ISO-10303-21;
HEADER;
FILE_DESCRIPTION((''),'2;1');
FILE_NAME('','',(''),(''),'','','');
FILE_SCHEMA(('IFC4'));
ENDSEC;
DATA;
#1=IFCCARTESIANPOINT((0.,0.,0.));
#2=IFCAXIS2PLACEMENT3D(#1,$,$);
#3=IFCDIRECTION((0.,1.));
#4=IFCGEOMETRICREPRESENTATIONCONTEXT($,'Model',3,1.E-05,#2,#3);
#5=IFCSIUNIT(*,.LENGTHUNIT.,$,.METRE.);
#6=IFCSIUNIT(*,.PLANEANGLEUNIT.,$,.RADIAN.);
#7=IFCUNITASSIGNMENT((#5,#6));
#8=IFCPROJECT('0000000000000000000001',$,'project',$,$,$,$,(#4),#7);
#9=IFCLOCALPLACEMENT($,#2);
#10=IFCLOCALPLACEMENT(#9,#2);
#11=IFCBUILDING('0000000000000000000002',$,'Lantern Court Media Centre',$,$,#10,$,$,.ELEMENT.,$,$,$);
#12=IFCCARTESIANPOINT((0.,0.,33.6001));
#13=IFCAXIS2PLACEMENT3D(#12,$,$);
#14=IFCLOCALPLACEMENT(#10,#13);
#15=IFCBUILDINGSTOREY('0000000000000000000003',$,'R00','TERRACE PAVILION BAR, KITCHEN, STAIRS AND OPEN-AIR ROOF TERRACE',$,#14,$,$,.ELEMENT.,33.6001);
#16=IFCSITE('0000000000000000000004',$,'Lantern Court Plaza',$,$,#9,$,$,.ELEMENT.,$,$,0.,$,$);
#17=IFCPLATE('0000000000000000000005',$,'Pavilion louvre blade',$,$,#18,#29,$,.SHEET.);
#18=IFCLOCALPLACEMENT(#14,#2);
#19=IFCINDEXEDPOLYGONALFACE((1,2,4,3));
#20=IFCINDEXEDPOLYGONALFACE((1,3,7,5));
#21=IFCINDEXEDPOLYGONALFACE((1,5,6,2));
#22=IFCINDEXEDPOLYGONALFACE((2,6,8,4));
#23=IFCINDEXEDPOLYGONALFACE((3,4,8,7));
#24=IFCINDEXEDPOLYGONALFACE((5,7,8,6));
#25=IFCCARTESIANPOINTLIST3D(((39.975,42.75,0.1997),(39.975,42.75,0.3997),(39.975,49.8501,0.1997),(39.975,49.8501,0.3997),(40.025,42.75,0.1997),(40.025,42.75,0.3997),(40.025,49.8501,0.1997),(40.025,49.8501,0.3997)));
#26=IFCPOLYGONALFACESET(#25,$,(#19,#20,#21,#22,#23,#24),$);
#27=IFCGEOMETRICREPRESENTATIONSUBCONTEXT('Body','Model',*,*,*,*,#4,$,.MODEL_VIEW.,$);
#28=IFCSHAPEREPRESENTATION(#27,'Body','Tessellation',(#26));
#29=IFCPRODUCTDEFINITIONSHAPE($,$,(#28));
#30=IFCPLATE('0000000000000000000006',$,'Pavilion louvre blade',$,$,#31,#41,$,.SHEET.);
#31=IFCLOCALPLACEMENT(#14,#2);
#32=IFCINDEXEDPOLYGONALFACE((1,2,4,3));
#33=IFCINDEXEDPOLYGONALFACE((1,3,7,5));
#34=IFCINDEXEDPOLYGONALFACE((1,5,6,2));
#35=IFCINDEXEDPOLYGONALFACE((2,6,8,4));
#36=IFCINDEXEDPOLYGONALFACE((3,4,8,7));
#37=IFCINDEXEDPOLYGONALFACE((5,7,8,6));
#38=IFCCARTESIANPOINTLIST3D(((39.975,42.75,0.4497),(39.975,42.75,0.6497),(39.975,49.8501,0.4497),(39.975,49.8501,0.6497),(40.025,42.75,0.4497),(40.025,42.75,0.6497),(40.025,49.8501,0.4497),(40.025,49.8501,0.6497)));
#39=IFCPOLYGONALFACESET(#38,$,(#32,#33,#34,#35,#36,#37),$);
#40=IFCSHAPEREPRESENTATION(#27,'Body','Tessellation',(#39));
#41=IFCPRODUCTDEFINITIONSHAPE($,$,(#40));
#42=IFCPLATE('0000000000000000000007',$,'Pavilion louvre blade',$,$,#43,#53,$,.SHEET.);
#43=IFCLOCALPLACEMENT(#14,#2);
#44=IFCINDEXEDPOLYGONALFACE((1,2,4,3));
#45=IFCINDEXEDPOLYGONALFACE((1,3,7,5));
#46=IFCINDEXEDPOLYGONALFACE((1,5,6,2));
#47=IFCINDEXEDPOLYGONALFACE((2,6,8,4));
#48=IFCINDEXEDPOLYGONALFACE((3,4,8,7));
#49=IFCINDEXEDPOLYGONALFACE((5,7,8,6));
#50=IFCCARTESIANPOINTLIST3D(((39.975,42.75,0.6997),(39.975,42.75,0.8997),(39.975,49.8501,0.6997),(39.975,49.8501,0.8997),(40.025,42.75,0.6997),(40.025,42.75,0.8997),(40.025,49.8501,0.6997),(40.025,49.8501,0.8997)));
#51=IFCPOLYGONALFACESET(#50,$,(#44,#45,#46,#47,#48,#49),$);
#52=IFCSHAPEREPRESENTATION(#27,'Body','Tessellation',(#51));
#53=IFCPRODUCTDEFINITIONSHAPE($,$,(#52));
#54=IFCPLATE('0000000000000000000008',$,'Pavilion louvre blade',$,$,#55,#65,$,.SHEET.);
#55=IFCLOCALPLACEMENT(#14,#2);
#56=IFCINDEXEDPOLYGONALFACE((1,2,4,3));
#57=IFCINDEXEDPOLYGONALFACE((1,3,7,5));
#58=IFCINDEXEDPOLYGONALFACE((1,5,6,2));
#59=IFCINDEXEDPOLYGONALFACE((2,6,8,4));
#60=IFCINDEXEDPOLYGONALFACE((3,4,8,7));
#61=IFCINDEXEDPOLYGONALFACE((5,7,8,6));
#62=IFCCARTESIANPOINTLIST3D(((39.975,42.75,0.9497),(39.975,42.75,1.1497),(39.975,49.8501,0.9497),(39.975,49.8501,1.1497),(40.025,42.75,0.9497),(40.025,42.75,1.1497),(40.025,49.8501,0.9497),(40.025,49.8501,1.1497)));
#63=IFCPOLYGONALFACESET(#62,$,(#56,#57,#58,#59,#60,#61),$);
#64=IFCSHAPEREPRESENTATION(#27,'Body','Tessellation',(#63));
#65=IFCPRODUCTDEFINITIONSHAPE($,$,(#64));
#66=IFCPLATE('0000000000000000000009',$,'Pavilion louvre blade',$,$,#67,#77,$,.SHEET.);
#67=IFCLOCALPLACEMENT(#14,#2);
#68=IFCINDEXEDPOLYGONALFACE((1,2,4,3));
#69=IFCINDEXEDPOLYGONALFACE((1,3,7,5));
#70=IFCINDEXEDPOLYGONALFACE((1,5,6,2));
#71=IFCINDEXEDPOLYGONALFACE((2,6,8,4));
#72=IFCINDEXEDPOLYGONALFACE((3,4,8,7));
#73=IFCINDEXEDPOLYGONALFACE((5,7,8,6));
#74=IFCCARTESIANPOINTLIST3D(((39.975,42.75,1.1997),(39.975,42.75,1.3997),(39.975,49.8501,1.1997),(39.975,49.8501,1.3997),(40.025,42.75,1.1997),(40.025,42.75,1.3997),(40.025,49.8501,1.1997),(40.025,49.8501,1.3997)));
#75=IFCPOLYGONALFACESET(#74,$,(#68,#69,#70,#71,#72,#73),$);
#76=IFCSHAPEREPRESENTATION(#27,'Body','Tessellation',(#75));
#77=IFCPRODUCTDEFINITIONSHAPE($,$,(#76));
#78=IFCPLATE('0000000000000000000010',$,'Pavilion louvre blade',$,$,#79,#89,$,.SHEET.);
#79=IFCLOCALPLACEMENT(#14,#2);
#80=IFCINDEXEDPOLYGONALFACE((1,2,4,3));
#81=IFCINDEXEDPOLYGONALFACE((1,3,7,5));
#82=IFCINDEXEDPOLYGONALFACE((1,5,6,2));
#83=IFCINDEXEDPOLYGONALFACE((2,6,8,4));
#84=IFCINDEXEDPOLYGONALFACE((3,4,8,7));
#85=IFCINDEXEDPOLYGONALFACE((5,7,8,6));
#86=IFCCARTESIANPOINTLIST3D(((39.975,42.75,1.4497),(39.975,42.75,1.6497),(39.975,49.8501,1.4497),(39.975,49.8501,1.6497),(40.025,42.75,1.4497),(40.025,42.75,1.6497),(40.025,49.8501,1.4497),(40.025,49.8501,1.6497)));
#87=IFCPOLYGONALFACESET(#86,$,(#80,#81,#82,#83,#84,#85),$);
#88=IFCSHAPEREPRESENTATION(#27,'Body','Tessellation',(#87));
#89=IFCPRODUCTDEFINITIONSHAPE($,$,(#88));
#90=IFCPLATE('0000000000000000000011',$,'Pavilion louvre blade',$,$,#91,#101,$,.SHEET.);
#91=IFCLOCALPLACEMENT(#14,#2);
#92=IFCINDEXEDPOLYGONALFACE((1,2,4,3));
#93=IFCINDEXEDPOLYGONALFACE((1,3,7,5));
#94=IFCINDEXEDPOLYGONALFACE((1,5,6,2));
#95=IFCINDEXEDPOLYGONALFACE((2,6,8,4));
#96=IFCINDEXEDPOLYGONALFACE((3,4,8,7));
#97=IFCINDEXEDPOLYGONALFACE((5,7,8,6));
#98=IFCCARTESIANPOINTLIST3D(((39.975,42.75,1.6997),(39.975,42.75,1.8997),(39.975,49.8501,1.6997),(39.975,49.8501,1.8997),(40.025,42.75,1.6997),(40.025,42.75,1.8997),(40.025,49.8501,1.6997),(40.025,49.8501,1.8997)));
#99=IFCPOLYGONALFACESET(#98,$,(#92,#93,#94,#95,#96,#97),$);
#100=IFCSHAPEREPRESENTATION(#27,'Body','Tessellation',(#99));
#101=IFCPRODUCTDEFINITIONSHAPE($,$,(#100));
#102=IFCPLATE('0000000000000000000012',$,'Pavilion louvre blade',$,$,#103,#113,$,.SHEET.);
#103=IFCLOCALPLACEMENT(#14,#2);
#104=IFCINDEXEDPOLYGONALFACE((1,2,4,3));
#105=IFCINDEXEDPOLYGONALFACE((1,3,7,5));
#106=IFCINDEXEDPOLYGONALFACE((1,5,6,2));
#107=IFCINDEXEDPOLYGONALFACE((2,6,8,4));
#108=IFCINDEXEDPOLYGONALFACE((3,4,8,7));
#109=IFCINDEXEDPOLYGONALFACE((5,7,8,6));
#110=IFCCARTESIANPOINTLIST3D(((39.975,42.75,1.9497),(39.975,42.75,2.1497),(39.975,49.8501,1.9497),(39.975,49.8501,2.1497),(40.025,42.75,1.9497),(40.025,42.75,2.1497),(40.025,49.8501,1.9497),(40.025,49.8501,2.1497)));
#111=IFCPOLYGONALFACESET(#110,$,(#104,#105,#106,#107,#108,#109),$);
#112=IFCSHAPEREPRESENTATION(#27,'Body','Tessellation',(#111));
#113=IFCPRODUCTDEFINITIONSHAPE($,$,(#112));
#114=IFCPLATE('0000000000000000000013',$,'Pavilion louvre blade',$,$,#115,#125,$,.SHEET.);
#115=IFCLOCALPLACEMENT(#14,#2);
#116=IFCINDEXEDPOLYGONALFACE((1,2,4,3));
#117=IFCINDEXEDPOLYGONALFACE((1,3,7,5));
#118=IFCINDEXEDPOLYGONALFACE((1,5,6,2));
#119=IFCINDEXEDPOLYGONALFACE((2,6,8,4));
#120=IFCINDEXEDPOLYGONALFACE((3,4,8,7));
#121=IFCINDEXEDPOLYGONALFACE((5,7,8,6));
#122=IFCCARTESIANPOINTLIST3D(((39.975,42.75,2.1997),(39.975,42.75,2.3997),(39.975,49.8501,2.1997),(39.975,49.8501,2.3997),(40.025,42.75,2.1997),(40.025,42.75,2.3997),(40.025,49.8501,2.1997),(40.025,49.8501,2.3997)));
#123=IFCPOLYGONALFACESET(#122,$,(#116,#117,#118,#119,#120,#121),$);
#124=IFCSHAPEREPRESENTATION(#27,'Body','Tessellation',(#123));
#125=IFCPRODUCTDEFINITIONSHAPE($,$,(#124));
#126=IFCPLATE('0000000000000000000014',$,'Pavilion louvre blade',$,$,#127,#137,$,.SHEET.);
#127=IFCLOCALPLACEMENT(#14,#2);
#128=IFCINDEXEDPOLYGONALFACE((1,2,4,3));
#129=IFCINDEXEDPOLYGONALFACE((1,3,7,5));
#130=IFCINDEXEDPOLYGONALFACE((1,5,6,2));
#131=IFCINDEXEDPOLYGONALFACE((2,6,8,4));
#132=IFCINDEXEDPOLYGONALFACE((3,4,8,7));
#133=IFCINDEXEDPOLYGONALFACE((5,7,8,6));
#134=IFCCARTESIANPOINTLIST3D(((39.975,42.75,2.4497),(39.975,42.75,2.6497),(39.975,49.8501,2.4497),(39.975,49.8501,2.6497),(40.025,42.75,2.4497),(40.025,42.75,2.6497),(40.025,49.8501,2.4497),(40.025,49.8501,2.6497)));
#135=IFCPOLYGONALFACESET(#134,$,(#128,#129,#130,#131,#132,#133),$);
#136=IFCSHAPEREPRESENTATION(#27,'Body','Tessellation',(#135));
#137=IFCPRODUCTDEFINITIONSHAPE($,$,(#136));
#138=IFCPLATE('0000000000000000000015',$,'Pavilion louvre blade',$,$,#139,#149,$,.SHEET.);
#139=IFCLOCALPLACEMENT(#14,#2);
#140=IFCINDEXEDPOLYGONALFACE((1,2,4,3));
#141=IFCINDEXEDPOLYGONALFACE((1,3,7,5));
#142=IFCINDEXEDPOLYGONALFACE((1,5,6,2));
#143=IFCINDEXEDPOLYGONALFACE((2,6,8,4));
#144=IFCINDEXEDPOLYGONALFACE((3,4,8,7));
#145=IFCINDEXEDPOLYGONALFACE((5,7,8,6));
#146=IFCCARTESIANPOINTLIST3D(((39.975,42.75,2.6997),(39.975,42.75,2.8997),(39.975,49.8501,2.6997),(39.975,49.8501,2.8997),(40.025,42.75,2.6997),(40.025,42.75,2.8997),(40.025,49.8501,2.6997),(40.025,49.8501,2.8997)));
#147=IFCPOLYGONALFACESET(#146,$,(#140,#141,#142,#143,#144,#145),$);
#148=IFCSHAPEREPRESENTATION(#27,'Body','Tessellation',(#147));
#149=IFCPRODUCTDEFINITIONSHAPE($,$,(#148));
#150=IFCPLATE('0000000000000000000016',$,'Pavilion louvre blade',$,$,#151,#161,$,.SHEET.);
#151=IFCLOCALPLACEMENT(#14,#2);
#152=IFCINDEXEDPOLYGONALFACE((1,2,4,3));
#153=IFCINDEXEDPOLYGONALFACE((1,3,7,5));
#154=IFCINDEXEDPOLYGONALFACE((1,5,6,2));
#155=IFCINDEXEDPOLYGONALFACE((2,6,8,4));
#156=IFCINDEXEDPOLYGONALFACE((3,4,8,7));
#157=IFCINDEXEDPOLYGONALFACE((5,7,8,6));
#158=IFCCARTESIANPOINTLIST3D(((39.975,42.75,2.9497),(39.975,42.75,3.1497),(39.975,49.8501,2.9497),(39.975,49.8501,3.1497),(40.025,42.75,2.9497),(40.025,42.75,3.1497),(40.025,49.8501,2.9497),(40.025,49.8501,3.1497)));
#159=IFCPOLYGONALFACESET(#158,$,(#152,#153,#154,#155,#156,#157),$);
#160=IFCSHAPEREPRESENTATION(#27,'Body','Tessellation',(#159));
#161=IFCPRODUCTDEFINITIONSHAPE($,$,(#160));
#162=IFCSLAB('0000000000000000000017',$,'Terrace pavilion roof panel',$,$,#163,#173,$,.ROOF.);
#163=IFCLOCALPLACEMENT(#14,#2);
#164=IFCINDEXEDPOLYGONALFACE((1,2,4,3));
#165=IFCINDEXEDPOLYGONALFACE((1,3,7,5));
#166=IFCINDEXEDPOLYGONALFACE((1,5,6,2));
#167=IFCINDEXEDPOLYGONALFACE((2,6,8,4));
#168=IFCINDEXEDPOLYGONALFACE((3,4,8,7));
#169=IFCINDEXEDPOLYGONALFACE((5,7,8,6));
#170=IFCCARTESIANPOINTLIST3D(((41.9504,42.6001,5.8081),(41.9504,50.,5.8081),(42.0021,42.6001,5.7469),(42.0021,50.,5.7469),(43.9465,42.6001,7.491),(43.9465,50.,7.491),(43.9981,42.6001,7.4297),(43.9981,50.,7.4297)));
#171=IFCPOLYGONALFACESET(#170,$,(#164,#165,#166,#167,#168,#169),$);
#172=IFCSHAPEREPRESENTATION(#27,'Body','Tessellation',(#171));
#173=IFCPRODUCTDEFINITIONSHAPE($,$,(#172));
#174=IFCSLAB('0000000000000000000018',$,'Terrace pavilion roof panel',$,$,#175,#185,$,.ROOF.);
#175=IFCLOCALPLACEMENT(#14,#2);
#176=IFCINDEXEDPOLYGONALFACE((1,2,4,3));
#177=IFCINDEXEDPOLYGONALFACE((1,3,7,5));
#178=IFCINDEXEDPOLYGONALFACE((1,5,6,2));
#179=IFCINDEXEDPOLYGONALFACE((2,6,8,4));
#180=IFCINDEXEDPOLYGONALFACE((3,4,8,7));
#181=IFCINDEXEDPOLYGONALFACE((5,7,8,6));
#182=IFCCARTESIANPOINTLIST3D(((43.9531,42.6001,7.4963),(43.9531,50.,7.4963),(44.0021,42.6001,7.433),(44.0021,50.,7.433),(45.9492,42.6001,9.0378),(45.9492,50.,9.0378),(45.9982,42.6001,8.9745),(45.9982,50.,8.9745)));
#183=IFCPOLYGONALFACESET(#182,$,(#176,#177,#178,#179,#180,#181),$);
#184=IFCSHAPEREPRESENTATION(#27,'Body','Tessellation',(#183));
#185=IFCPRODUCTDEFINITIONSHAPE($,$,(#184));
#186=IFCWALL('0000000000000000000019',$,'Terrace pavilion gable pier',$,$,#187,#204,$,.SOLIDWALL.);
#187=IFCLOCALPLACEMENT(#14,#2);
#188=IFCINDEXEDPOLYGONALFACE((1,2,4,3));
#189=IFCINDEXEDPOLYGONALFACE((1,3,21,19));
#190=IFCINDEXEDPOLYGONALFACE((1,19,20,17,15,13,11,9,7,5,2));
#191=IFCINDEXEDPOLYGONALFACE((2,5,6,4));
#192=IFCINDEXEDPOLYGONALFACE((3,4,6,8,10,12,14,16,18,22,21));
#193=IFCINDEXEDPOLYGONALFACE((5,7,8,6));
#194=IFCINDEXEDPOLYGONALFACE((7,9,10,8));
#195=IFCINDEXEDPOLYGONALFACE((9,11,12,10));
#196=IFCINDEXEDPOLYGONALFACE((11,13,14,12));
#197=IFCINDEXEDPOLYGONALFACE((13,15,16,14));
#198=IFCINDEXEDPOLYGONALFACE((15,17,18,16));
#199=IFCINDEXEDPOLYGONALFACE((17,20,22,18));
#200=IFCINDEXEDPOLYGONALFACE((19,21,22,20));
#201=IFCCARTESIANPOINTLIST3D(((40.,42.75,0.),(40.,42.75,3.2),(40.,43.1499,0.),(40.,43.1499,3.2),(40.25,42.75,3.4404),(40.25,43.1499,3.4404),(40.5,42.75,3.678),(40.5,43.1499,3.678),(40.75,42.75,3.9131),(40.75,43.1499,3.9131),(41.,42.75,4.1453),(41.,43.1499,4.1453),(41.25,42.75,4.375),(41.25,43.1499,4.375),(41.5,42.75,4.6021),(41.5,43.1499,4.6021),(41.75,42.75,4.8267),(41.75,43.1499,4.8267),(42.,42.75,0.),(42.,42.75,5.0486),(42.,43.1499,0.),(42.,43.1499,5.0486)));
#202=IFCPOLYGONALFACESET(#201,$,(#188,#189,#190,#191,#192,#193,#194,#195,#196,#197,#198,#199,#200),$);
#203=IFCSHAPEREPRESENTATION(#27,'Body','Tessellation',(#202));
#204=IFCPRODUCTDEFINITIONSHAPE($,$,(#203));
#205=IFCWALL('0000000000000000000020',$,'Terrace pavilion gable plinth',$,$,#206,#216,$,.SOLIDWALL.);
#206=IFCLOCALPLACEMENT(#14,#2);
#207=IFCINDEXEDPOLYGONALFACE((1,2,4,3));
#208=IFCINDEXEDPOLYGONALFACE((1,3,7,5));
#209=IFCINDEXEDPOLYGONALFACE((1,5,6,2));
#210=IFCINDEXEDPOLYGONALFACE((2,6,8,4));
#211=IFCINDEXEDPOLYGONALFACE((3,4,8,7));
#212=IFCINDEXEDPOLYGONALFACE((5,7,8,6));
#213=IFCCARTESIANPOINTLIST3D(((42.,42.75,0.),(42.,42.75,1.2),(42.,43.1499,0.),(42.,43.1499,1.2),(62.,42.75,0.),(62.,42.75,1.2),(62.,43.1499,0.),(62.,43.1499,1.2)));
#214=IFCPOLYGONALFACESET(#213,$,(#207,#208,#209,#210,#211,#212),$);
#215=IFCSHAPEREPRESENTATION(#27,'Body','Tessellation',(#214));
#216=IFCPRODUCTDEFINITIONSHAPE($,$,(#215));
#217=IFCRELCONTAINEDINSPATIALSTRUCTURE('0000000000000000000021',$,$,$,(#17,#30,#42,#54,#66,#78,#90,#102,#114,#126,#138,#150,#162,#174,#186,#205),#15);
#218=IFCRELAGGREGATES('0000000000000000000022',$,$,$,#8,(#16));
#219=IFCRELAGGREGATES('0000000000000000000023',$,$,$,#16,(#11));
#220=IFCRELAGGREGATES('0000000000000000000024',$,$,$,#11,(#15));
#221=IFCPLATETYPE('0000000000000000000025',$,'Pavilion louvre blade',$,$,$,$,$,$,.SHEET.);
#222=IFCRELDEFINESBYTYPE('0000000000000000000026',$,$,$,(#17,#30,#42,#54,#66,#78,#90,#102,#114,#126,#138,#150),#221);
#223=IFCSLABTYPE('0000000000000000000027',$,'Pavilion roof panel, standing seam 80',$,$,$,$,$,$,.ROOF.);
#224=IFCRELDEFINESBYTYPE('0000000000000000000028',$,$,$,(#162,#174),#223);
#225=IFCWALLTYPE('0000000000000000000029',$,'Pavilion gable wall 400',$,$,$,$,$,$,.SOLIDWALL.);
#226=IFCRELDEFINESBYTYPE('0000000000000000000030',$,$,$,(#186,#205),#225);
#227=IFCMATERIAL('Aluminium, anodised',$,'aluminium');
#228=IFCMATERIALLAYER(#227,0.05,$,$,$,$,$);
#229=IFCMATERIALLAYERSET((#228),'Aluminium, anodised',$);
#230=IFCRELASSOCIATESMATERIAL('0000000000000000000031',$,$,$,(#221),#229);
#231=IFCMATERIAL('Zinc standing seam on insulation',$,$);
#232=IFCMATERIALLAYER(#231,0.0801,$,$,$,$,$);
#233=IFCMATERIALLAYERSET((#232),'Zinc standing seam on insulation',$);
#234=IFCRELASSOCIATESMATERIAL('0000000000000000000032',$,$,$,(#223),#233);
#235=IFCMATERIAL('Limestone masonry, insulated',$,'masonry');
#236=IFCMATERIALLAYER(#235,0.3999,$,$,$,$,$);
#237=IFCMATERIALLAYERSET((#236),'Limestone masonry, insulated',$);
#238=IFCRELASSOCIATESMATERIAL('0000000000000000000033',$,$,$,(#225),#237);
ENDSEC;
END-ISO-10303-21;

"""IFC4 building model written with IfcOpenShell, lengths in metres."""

from ifc_helpers import new_model, si_unit, direction, frame, frame_2d, origin, origin_2d, place, context, subcontext, project, spatial, polyline, rectangle, outline, extrude, material, layer, layer_set, type_object, element, save


model = new_model("IFC4")

# Units and contexts
model_context = context("Model", 3, precision=1e-05, world=origin(), true_north=direction((0.0, 1.0)))
body_context = subcontext(model_context, "Body", "Model", "MODEL_VIEW")
ifc_project = project(units=[si_unit("LENGTHUNIT", "METRE"), si_unit("PLANEANGLEUNIT", "RADIAN")], contexts=[model_context])

# Site, building, storey
site_placement = place(None, origin())
site = spatial("IfcSite", under=ifc_project, at=site_placement, Name="Lantern Court Plaza", CompositionType="ELEMENT", RefElevation=0.0)
building_placement = place(site_placement, origin())
building = spatial("IfcBuilding", under=site, at=building_placement, Name="Lantern Court Media Centre", CompositionType="ELEMENT")
storey_placement = place(building_placement, frame((0.0, 0.0, 33.6001)))
storey = spatial("IfcBuildingStorey", under=building, at=storey_placement, Name="R00", Description="TERRACE PAVILION BAR, KITCHEN, STAIRS AND OPEN-AIR ROOF TERRACE", CompositionType="ELEMENT", Elevation=33.6001)

# Shared definitions
ifc_material_1 = material(Name="Aluminium, anodised", Category="aluminium")

# Plates
ifc_layer_1 = layer(ifc_material_1, 0.05)
ifc_layer_set_1 = layer_set([ifc_layer_1], Name="Aluminium, anodised")
plate_type_1 = type_object("IfcPlateType", Name="Pavilion louvre blade", PredefinedType="SHEET", material=ifc_layer_set_1)
for number, where, z_axis, x_axis, name in (
    (1, (40.0, 46.3, 0.1997), (0.0, 0.0, 1.0), (1.0, 0.0, 0.0), "Pavilion louvre blade"),
    (2, (40.0, 46.3, 0.4497), (0.0, 0.0, 1.0), (1.0, 0.0, 0.0), "Pavilion louvre blade"),
    (3, (40.0, 46.3, 0.6997), (0.0, 0.0, 1.0), (1.0, 0.0, 0.0), "Pavilion louvre blade"),
    (4, (40.0, 46.3, 0.9497), (0.0, 0.0, 1.0), (1.0, 0.0, 0.0), "Pavilion louvre blade"),
    (5, (40.0, 46.3, 1.1997), (0.0, 0.0, 1.0), (1.0, 0.0, 0.0), "Pavilion louvre blade"),
    (6, (40.0, 46.3, 1.4497), (0.0, 0.0, 1.0), (1.0, 0.0, 0.0), "Pavilion louvre blade"),
    (7, (40.0, 46.3, 1.6997), (0.0, 0.0, 1.0), (1.0, 0.0, 0.0), "Pavilion louvre blade"),
    (8, (40.0, 46.3, 1.9497), (0.0, 0.0, 1.0), (1.0, 0.0, 0.0), "Pavilion louvre blade"),
    (9, (40.0, 46.3, 2.1997), (0.0, 0.0, 1.0), (1.0, 0.0, 0.0), "Pavilion louvre blade"),
    (10, (40.0, 46.3, 2.4497), (0.0, 0.0, 1.0), (1.0, 0.0, 0.0), "Pavilion louvre blade"),
    (11, (40.0, 46.3, 2.6997), (0.0, 0.0, 1.0), (1.0, 0.0, 0.0), "Pavilion louvre blade"),
    (12, (40.0, 46.3, 2.9497), (0.0, 0.0, 1.0), (1.0, 0.0, 0.0), "Pavilion louvre blade"),
):
    element("IfcPlate", number, at=place(storey_placement, frame(where, z_axis=z_axis, x_axis=x_axis)), inside=storey, type_object=plate_type_1, Name=name, PredefinedType="SHEET", context=body_context, shape_type="SweptSolid", body=[
        extrude(rectangle(XDim=0.05, YDim=7.1001, at=origin_2d()), origin(), (0.0, 0.0, 1.0), 0.2),
    ])

# Slabs
ifc_material_2 = material(Name="Zinc standing seam on insulation")
ifc_layer_2 = layer(ifc_material_2, 0.0801)
ifc_layer_set_2 = layer_set([ifc_layer_2], Name="Zinc standing seam on insulation")
slab_type = type_object("IfcSlabType", Name="Pavilion roof panel, standing seam 80", PredefinedType="ROOF", material=ifc_layer_set_2)
slab_1_placement = place(storey_placement, frame((41.9504, 42.6001, 5.8081), z_axis=(-0.64457, 0.0, 0.764545), x_axis=(0.764545, 0.0, 0.64457)))
element("IfcSlab", 13, at=slab_1_placement, inside=storey, type_object=slab_type, Name="Terrace pavilion roof panel", PredefinedType="ROOF", context=body_context, shape_type="SweptSolid", body=[
    extrude(outline(polyline([(0.0, 0.0), (2.6108, 0.0), (2.6108, 7.3999), (0.0, 7.3999), (0.0, 0.0)])), origin(), (0.0, 0.0, -1.0), 0.0801),
])
slab_2_placement = place(storey_placement, frame((43.9531, 42.6001, 7.4963), z_axis=(-0.611216, 0.0, 0.791464), x_axis=(0.791464, 0.0, 0.611216)))
element("IfcSlab", 14, at=slab_2_placement, inside=storey, type_object=slab_type, Name="Terrace pavilion roof panel", PredefinedType="ROOF", context=body_context, shape_type="SweptSolid", body=[
    extrude(outline(polyline([(0.0, 0.0), (2.522, 0.0), (2.522, 7.3999), (0.0, 7.3999), (0.0, 0.0)])), origin(), (0.0, 0.0, -1.0), 0.0801),
])

# Walls
ifc_material_3 = material(Name="Limestone masonry, insulated", Category="masonry")
ifc_layer_3 = layer(ifc_material_3, 0.3999)
ifc_layer_set_3 = layer_set([ifc_layer_3], Name="Limestone masonry, insulated")
wall_type = type_object("IfcWallType", Name="Pavilion gable wall 400", PredefinedType="SOLIDWALL", material=ifc_layer_set_3)
wall_1_placement = place(storey_placement, frame((40.0, 42.95, 0.0), z_axis=(0.0, 0.0, 1.0), x_axis=(1.0, 0.0, 0.0)))
element("IfcWall", 15, at=wall_1_placement, inside=storey, type_object=wall_type, Name="Terrace pavilion gable pier", PredefinedType="SOLIDWALL", context=body_context, shape_type="SweptSolid", body=[
    extrude(outline(polyline([(0.0, 0.0), (2.0, 0.0), (2.0, 5.0486), (1.75, 4.8267), (1.5, 4.6021), (1.25, 4.375), (1.0, 4.1453), (0.75, 3.9131), (0.5, 3.678), (0.25, 3.4404), (0.0, 3.2), (0.0, 0.0)])), frame((0.0, 0.2, 0.0), z_axis=(0.0, -1.0, 0.0), x_axis=(1.0, 0.0, 0.0)), (0.0, 0.0, 1.0), 0.3999),
])
wall_2_placement = place(storey_placement, frame((42.0, 42.95, 0.0), z_axis=(0.0, 0.0, 1.0), x_axis=(1.0, 0.0, 0.0)))
element("IfcWall", 16, at=wall_2_placement, inside=storey, type_object=wall_type, Name="Terrace pavilion gable plinth", PredefinedType="SOLIDWALL", context=body_context, shape_type="SweptSolid", body=[
    extrude(rectangle(XDim=20.0, YDim=0.3999, at=frame_2d((10.0, 0.0))), origin(), (0.0, 0.0, 1.0), 1.2),
])

save(model, "model.ifc")
